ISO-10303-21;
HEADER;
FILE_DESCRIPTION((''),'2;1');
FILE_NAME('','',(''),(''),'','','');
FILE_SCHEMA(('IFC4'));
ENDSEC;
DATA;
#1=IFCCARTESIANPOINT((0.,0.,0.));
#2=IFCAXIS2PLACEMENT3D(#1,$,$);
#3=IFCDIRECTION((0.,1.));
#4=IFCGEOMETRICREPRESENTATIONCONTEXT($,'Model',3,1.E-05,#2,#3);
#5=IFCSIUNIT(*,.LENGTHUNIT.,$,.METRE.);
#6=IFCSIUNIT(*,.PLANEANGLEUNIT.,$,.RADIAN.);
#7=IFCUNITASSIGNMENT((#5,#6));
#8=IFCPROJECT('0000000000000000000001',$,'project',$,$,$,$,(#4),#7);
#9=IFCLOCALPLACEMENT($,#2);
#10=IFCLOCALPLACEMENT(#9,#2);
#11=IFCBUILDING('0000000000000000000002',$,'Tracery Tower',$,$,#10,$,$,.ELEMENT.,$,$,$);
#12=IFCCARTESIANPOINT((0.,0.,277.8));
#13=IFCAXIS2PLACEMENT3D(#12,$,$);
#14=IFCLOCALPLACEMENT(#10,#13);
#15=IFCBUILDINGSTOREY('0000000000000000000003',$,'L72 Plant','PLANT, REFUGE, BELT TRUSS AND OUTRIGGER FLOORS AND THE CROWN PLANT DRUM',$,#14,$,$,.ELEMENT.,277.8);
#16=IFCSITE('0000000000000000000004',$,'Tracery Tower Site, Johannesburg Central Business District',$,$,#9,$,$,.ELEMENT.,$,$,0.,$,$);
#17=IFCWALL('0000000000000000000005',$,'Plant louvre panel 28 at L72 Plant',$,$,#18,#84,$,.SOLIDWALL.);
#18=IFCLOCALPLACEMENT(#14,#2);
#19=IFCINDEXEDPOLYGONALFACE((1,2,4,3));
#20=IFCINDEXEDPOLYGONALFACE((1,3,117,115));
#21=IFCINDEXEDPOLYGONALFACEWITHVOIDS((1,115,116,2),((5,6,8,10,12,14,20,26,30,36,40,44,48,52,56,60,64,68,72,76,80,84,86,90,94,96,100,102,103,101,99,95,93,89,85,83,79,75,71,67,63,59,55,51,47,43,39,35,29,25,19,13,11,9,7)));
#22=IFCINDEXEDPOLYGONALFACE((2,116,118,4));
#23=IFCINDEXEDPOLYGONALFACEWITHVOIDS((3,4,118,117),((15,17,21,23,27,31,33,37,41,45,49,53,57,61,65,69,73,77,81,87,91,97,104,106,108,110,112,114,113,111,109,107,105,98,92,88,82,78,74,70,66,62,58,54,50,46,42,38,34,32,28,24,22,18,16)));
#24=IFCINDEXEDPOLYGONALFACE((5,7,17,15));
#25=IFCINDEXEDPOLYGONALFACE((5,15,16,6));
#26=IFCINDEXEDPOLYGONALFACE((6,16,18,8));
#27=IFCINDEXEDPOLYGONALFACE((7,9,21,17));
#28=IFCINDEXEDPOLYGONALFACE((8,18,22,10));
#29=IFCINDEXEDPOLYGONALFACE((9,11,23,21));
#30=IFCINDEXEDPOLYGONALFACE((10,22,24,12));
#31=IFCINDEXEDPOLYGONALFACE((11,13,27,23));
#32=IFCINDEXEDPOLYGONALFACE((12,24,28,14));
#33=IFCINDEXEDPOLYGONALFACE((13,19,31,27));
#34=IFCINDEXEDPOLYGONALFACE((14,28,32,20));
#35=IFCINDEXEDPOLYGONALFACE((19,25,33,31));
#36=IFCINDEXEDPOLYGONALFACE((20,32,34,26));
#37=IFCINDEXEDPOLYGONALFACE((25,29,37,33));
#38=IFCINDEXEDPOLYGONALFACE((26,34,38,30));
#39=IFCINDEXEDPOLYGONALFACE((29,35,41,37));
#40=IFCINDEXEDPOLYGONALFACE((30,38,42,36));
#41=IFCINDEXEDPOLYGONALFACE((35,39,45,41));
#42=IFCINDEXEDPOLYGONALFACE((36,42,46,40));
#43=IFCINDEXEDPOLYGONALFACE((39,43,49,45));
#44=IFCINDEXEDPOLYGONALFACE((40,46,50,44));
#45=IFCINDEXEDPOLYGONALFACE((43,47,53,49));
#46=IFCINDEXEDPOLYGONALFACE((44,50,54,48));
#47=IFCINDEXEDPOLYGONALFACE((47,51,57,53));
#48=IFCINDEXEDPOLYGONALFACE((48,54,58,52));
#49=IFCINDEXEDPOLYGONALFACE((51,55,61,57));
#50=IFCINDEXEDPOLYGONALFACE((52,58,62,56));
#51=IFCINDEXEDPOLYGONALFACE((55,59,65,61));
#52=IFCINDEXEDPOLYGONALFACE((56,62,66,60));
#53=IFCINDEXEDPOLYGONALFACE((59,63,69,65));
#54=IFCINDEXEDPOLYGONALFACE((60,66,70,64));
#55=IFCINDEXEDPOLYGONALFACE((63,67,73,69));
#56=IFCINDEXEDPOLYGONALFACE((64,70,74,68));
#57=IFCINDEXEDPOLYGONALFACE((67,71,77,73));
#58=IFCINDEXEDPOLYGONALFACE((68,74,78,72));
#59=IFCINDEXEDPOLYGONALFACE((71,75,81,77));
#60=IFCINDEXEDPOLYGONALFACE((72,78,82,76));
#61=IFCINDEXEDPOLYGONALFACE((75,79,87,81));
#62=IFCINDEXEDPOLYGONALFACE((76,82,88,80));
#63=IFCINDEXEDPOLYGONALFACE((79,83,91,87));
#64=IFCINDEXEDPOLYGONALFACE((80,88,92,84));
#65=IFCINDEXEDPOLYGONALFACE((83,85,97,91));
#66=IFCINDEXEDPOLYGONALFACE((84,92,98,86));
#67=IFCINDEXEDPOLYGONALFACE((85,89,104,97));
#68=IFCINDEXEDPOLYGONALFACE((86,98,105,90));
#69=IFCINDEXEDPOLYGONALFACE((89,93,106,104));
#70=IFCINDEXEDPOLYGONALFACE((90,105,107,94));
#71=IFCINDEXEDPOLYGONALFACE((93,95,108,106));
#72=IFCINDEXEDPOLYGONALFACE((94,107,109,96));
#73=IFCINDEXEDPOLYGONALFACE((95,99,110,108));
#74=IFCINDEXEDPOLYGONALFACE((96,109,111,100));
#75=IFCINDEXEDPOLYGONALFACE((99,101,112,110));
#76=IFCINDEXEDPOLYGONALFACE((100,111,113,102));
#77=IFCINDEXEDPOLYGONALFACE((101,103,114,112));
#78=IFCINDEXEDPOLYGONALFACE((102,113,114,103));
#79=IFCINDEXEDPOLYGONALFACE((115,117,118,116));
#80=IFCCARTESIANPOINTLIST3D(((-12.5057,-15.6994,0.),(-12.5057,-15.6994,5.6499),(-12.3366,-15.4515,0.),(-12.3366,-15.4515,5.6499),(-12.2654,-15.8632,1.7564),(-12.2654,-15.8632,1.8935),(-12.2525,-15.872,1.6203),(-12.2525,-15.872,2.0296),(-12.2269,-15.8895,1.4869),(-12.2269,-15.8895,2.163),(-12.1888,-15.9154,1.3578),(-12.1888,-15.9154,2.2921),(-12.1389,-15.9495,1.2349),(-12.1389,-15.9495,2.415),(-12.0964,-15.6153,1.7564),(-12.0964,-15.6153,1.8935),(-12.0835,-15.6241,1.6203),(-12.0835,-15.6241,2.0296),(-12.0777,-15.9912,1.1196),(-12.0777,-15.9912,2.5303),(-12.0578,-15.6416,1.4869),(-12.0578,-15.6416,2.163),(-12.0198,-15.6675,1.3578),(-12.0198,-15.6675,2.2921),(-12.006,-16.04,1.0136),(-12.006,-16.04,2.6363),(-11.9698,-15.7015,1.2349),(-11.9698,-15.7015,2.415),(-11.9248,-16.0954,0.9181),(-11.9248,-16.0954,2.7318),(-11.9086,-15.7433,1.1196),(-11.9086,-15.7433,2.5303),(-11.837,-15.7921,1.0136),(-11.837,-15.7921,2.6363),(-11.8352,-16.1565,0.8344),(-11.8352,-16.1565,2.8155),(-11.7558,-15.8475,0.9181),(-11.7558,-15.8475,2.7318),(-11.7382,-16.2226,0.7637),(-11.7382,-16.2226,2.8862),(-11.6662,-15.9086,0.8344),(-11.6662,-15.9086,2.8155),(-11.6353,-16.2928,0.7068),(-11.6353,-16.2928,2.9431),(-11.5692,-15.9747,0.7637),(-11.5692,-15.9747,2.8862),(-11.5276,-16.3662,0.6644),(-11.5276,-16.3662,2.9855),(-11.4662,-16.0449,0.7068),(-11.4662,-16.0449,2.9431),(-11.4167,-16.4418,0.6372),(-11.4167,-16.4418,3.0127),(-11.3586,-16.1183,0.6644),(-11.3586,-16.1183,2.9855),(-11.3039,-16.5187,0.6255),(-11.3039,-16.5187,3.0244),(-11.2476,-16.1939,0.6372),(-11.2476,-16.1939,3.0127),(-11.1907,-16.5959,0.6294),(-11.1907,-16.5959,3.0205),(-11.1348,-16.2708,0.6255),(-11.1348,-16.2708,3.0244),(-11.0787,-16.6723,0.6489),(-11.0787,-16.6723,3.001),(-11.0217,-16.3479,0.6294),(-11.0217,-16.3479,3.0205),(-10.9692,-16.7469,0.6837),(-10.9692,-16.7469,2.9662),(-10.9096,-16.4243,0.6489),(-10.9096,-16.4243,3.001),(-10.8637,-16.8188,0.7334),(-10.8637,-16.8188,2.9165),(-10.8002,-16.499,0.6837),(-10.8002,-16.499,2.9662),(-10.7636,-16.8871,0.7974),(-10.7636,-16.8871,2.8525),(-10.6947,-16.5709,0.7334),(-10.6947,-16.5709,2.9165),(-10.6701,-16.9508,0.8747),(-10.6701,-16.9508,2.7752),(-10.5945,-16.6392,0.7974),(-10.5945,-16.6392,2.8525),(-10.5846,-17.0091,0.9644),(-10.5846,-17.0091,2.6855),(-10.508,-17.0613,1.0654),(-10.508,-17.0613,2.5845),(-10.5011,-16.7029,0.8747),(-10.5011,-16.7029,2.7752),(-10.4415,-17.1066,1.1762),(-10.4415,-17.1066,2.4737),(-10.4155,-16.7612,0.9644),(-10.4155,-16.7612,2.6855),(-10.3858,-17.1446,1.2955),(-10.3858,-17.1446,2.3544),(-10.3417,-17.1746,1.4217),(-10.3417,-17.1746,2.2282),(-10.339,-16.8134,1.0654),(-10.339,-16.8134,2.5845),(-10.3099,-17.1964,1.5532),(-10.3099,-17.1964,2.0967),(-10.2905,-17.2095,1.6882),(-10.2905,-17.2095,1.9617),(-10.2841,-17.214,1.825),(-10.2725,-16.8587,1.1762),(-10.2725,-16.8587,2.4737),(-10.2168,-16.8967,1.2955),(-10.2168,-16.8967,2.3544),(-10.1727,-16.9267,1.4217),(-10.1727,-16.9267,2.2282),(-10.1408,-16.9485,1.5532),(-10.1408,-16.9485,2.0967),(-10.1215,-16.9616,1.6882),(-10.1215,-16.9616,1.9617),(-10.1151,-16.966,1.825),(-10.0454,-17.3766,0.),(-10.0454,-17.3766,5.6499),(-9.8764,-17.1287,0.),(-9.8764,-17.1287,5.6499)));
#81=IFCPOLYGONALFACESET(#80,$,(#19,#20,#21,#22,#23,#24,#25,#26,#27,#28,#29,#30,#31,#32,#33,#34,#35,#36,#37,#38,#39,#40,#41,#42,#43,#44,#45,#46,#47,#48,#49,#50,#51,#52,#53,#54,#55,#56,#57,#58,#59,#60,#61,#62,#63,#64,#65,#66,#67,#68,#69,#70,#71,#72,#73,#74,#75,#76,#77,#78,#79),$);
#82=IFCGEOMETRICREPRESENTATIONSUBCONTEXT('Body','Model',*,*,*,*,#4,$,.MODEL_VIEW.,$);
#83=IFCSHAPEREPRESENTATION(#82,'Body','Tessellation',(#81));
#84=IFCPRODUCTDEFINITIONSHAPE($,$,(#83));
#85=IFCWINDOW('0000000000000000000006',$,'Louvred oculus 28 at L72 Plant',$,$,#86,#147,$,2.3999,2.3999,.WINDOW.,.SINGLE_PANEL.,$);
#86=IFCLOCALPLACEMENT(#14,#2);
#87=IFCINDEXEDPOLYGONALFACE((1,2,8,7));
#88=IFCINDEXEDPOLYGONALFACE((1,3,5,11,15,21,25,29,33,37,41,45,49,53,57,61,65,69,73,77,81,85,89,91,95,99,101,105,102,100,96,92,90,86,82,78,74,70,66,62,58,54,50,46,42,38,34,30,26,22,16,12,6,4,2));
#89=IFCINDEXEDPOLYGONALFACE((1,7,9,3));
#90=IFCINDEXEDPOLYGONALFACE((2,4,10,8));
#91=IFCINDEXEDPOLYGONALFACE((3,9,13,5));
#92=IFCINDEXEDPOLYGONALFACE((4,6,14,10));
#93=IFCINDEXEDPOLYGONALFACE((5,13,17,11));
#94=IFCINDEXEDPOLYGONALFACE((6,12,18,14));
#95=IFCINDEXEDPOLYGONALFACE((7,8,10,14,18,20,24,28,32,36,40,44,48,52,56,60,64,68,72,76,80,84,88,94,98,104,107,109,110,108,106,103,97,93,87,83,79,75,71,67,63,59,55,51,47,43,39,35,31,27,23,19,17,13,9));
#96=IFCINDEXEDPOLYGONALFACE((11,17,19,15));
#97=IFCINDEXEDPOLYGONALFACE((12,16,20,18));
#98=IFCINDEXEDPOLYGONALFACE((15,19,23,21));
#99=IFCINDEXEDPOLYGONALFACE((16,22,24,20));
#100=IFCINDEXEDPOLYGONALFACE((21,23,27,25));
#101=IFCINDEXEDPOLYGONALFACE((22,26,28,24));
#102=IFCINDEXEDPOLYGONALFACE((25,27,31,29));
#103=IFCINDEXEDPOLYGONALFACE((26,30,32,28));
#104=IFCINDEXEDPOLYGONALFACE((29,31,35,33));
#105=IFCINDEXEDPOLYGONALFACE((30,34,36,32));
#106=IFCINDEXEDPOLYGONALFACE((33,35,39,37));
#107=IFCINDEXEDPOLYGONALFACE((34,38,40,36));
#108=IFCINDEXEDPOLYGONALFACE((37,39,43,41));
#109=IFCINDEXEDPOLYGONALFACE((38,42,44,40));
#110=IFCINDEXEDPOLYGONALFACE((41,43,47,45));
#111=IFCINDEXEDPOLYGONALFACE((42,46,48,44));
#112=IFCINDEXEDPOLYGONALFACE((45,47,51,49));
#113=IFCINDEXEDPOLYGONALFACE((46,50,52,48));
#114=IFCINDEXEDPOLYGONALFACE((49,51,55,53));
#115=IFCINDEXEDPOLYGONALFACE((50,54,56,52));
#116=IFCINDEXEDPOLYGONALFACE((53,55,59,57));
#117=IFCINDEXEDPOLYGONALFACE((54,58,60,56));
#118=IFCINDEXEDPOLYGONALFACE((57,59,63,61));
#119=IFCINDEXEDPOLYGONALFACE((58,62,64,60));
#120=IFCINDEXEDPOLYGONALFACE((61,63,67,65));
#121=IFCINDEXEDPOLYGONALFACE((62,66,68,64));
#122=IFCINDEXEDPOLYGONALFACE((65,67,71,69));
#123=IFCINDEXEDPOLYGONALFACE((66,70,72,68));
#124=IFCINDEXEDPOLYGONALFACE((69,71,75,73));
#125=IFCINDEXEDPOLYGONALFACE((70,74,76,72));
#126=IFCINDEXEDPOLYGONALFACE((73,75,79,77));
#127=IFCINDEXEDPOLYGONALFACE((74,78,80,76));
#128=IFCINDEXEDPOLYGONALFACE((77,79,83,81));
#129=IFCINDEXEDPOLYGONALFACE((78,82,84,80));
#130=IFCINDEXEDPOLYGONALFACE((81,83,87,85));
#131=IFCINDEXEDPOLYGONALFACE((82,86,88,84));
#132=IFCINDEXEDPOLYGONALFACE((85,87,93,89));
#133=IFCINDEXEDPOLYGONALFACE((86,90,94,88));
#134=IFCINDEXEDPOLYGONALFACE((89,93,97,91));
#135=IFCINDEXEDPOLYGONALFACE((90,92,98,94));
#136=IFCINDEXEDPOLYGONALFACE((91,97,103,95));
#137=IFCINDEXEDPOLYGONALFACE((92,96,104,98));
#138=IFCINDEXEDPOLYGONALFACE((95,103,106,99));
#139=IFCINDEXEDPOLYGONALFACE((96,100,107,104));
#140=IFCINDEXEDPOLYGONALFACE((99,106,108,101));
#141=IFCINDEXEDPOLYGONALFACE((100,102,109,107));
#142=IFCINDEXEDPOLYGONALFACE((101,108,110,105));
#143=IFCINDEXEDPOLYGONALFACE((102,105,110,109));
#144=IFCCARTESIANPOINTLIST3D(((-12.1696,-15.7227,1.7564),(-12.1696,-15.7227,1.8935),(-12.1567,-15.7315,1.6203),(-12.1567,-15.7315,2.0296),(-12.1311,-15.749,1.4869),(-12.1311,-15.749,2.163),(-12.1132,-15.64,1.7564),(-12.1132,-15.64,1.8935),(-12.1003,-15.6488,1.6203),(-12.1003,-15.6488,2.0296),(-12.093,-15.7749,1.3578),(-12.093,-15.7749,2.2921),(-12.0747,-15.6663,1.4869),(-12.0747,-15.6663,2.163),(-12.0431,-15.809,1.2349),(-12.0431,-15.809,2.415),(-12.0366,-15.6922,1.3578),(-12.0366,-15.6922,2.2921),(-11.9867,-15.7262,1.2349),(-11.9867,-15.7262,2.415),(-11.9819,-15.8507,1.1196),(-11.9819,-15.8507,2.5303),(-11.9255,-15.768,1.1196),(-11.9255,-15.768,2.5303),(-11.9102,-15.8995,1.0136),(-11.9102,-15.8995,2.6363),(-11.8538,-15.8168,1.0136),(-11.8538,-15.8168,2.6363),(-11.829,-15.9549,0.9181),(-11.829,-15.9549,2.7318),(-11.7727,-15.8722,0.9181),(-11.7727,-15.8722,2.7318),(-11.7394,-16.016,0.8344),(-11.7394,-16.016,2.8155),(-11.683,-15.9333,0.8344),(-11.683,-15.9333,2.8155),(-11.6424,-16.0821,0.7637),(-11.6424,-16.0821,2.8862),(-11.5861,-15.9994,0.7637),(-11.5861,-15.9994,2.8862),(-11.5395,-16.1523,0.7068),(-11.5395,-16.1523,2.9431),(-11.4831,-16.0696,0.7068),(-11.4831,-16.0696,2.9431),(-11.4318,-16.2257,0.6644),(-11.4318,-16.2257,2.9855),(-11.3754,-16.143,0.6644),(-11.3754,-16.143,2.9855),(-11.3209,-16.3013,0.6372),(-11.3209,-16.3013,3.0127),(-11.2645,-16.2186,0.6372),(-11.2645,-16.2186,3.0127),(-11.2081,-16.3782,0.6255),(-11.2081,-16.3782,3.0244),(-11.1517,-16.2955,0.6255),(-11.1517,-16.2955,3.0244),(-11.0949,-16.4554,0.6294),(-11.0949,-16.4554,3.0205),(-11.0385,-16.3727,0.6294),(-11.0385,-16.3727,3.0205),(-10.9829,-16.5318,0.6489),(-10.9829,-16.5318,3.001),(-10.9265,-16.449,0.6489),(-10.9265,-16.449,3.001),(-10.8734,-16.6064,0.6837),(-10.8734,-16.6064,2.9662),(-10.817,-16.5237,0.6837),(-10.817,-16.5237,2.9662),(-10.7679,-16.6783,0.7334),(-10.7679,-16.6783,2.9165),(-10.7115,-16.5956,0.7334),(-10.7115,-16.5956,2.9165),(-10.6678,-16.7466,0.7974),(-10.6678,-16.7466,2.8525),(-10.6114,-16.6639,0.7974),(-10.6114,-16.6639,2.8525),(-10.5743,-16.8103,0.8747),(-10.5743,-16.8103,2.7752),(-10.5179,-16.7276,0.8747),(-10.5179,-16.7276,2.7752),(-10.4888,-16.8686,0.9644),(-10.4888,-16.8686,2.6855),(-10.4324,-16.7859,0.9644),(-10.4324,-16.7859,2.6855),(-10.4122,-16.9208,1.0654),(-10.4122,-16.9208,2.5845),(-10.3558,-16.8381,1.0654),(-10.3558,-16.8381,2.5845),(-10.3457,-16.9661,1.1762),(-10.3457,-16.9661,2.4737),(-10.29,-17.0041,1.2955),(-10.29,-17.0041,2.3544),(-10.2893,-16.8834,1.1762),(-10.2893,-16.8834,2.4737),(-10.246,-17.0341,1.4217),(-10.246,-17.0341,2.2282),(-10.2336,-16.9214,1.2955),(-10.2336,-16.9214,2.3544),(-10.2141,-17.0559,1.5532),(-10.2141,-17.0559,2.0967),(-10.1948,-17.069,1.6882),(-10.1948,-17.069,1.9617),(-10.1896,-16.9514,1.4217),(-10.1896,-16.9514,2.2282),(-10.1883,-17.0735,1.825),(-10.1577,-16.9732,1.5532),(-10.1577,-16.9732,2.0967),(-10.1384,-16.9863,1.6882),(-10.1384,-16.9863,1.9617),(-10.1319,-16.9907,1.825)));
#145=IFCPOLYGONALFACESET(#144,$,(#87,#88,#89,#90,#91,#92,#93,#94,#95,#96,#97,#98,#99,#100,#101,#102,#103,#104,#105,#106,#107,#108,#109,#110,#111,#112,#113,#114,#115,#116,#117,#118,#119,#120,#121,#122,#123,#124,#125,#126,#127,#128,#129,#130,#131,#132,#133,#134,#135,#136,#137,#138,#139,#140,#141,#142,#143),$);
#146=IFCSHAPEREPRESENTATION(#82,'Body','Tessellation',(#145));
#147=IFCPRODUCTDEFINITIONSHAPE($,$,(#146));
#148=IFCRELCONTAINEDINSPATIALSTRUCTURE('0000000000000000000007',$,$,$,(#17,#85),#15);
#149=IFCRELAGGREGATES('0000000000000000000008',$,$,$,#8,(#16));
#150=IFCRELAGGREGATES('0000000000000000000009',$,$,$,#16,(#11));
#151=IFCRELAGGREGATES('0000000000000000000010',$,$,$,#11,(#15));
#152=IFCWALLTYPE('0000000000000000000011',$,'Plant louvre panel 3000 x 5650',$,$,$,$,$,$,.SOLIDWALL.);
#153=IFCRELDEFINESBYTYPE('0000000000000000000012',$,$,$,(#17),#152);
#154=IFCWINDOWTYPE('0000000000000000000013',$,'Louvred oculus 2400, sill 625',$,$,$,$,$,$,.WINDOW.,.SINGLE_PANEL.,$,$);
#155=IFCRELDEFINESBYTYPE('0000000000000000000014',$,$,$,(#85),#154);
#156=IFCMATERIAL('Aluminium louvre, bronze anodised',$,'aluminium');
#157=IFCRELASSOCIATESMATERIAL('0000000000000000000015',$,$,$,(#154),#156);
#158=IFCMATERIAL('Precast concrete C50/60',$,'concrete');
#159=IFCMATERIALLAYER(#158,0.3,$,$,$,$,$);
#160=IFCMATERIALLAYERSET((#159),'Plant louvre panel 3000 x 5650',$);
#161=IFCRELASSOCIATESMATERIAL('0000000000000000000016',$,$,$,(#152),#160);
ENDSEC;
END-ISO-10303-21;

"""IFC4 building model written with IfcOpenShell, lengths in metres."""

from ifc_helpers import new_model, si_unit, direction, frame, frame_2d, origin, origin_2d, place, context, subcontext, project, spatial, rectangle, circle, extrude, material, layer, layer_set, type_object, element, fill, save


model = new_model("IFC4")

# Units and contexts
model_context = context("Model", 3, precision=1e-05, world=origin(), true_north=direction((0.0, 1.0)))
body_context = subcontext(model_context, "Body", "Model", "MODEL_VIEW")
ifc_project = project(units=[si_unit("LENGTHUNIT", "METRE"), si_unit("PLANEANGLEUNIT", "RADIAN")], contexts=[model_context])

# Site, building, storey
site_placement = place(None, origin())
site = spatial("IfcSite", under=ifc_project, at=site_placement, Name="Tracery Tower Site, Johannesburg Central Business District", CompositionType="ELEMENT", RefElevation=0.0)
building_placement = place(site_placement, origin())
building = spatial("IfcBuilding", under=site, at=building_placement, Name="Tracery Tower", CompositionType="ELEMENT")
storey_placement = place(building_placement, frame((0.0, 0.0, 277.8)))
storey = spatial("IfcBuildingStorey", under=building, at=storey_placement, Name="L72 Plant", Description="PLANT, REFUGE, BELT TRUSS AND OUTRIGGER FLOORS AND THE CROWN PLANT DRUM", CompositionType="ELEMENT", Elevation=277.8)

# Wall, opening, window
ifc_material_1 = material(Name="Aluminium louvre, bronze anodised", Category="aluminium")
window_type = type_object("IfcWindowType", Name="Louvred oculus 2400, sill 625", PartitioningType="SINGLE_PANEL", PredefinedType="WINDOW", material=ifc_material_1)
ifc_material_2 = material(Name="Precast concrete C50/60", Category="concrete")
ifc_layer_1 = layer(ifc_material_2, 0.3)
ifc_layer_set_1 = layer_set([ifc_layer_1], Name="Plant louvre panel 3000 x 5650")
wall_type_1 = type_object("IfcWallType", Name="Plant louvre panel 3000 x 5650", PredefinedType="SOLIDWALL", material=ifc_layer_set_1)
wall_1_placement = place(storey_placement, frame((-12.4211, -15.5754, 0.0), z_axis=(0.0, 0.0, 1.0), x_axis=(0.826253, -0.563299, 0.0)))
wall_1 = element("IfcWall", 1, at=wall_1_placement, inside=storey, type_object=wall_type_1, Name="Plant louvre panel 28 at L72 Plant", PredefinedType="SOLIDWALL", context=body_context, shape_type="SweptSolid", body=[
    extrude(rectangle(XDim=2.9775, YDim=0.3, at=frame_2d((1.4888, 0.0))), origin(), (0.0, 0.0, 1.0), 5.6499),
])
opening_1_placement = place(wall_1_placement, frame((1.4888, 0.0, 1.825)))
opening_1 = element("IfcOpeningElement", 2, at=opening_1_placement, cuts=wall_1, PredefinedType="OPENING", context=body_context, shape_type="SweptSolid", body=[
    extrude(circle(Radius=1.2, at=origin_2d()), frame((0.0, 0.1599, 0.0), z_axis=(0.0, -1.0, 0.0), x_axis=(1.0, 0.0, 0.0)), (0.0, 0.0, 1.0), 0.3201),
])
window_1_placement = place(opening_1_placement, origin())
window_1 = element("IfcWindow", 3, at=window_1_placement, inside=storey, type_object=window_type, Name="Louvred oculus 28 at L72 Plant", OverallHeight=2.3999, OverallWidth=2.3999, PartitioningType="SINGLE_PANEL", PredefinedType="WINDOW", context=body_context, shape_type="SweptSolid", body=[
    extrude(circle(Radius=1.2, at=origin_2d()), frame((0.0, 0.1201, 0.0), z_axis=(0.0, -1.0, 0.0), x_axis=(1.0, 0.0, 0.0)), (0.0, 0.0, 1.0), 0.1001),
])
fill(opening_1, window_1)

save(model, "model.ifc")
